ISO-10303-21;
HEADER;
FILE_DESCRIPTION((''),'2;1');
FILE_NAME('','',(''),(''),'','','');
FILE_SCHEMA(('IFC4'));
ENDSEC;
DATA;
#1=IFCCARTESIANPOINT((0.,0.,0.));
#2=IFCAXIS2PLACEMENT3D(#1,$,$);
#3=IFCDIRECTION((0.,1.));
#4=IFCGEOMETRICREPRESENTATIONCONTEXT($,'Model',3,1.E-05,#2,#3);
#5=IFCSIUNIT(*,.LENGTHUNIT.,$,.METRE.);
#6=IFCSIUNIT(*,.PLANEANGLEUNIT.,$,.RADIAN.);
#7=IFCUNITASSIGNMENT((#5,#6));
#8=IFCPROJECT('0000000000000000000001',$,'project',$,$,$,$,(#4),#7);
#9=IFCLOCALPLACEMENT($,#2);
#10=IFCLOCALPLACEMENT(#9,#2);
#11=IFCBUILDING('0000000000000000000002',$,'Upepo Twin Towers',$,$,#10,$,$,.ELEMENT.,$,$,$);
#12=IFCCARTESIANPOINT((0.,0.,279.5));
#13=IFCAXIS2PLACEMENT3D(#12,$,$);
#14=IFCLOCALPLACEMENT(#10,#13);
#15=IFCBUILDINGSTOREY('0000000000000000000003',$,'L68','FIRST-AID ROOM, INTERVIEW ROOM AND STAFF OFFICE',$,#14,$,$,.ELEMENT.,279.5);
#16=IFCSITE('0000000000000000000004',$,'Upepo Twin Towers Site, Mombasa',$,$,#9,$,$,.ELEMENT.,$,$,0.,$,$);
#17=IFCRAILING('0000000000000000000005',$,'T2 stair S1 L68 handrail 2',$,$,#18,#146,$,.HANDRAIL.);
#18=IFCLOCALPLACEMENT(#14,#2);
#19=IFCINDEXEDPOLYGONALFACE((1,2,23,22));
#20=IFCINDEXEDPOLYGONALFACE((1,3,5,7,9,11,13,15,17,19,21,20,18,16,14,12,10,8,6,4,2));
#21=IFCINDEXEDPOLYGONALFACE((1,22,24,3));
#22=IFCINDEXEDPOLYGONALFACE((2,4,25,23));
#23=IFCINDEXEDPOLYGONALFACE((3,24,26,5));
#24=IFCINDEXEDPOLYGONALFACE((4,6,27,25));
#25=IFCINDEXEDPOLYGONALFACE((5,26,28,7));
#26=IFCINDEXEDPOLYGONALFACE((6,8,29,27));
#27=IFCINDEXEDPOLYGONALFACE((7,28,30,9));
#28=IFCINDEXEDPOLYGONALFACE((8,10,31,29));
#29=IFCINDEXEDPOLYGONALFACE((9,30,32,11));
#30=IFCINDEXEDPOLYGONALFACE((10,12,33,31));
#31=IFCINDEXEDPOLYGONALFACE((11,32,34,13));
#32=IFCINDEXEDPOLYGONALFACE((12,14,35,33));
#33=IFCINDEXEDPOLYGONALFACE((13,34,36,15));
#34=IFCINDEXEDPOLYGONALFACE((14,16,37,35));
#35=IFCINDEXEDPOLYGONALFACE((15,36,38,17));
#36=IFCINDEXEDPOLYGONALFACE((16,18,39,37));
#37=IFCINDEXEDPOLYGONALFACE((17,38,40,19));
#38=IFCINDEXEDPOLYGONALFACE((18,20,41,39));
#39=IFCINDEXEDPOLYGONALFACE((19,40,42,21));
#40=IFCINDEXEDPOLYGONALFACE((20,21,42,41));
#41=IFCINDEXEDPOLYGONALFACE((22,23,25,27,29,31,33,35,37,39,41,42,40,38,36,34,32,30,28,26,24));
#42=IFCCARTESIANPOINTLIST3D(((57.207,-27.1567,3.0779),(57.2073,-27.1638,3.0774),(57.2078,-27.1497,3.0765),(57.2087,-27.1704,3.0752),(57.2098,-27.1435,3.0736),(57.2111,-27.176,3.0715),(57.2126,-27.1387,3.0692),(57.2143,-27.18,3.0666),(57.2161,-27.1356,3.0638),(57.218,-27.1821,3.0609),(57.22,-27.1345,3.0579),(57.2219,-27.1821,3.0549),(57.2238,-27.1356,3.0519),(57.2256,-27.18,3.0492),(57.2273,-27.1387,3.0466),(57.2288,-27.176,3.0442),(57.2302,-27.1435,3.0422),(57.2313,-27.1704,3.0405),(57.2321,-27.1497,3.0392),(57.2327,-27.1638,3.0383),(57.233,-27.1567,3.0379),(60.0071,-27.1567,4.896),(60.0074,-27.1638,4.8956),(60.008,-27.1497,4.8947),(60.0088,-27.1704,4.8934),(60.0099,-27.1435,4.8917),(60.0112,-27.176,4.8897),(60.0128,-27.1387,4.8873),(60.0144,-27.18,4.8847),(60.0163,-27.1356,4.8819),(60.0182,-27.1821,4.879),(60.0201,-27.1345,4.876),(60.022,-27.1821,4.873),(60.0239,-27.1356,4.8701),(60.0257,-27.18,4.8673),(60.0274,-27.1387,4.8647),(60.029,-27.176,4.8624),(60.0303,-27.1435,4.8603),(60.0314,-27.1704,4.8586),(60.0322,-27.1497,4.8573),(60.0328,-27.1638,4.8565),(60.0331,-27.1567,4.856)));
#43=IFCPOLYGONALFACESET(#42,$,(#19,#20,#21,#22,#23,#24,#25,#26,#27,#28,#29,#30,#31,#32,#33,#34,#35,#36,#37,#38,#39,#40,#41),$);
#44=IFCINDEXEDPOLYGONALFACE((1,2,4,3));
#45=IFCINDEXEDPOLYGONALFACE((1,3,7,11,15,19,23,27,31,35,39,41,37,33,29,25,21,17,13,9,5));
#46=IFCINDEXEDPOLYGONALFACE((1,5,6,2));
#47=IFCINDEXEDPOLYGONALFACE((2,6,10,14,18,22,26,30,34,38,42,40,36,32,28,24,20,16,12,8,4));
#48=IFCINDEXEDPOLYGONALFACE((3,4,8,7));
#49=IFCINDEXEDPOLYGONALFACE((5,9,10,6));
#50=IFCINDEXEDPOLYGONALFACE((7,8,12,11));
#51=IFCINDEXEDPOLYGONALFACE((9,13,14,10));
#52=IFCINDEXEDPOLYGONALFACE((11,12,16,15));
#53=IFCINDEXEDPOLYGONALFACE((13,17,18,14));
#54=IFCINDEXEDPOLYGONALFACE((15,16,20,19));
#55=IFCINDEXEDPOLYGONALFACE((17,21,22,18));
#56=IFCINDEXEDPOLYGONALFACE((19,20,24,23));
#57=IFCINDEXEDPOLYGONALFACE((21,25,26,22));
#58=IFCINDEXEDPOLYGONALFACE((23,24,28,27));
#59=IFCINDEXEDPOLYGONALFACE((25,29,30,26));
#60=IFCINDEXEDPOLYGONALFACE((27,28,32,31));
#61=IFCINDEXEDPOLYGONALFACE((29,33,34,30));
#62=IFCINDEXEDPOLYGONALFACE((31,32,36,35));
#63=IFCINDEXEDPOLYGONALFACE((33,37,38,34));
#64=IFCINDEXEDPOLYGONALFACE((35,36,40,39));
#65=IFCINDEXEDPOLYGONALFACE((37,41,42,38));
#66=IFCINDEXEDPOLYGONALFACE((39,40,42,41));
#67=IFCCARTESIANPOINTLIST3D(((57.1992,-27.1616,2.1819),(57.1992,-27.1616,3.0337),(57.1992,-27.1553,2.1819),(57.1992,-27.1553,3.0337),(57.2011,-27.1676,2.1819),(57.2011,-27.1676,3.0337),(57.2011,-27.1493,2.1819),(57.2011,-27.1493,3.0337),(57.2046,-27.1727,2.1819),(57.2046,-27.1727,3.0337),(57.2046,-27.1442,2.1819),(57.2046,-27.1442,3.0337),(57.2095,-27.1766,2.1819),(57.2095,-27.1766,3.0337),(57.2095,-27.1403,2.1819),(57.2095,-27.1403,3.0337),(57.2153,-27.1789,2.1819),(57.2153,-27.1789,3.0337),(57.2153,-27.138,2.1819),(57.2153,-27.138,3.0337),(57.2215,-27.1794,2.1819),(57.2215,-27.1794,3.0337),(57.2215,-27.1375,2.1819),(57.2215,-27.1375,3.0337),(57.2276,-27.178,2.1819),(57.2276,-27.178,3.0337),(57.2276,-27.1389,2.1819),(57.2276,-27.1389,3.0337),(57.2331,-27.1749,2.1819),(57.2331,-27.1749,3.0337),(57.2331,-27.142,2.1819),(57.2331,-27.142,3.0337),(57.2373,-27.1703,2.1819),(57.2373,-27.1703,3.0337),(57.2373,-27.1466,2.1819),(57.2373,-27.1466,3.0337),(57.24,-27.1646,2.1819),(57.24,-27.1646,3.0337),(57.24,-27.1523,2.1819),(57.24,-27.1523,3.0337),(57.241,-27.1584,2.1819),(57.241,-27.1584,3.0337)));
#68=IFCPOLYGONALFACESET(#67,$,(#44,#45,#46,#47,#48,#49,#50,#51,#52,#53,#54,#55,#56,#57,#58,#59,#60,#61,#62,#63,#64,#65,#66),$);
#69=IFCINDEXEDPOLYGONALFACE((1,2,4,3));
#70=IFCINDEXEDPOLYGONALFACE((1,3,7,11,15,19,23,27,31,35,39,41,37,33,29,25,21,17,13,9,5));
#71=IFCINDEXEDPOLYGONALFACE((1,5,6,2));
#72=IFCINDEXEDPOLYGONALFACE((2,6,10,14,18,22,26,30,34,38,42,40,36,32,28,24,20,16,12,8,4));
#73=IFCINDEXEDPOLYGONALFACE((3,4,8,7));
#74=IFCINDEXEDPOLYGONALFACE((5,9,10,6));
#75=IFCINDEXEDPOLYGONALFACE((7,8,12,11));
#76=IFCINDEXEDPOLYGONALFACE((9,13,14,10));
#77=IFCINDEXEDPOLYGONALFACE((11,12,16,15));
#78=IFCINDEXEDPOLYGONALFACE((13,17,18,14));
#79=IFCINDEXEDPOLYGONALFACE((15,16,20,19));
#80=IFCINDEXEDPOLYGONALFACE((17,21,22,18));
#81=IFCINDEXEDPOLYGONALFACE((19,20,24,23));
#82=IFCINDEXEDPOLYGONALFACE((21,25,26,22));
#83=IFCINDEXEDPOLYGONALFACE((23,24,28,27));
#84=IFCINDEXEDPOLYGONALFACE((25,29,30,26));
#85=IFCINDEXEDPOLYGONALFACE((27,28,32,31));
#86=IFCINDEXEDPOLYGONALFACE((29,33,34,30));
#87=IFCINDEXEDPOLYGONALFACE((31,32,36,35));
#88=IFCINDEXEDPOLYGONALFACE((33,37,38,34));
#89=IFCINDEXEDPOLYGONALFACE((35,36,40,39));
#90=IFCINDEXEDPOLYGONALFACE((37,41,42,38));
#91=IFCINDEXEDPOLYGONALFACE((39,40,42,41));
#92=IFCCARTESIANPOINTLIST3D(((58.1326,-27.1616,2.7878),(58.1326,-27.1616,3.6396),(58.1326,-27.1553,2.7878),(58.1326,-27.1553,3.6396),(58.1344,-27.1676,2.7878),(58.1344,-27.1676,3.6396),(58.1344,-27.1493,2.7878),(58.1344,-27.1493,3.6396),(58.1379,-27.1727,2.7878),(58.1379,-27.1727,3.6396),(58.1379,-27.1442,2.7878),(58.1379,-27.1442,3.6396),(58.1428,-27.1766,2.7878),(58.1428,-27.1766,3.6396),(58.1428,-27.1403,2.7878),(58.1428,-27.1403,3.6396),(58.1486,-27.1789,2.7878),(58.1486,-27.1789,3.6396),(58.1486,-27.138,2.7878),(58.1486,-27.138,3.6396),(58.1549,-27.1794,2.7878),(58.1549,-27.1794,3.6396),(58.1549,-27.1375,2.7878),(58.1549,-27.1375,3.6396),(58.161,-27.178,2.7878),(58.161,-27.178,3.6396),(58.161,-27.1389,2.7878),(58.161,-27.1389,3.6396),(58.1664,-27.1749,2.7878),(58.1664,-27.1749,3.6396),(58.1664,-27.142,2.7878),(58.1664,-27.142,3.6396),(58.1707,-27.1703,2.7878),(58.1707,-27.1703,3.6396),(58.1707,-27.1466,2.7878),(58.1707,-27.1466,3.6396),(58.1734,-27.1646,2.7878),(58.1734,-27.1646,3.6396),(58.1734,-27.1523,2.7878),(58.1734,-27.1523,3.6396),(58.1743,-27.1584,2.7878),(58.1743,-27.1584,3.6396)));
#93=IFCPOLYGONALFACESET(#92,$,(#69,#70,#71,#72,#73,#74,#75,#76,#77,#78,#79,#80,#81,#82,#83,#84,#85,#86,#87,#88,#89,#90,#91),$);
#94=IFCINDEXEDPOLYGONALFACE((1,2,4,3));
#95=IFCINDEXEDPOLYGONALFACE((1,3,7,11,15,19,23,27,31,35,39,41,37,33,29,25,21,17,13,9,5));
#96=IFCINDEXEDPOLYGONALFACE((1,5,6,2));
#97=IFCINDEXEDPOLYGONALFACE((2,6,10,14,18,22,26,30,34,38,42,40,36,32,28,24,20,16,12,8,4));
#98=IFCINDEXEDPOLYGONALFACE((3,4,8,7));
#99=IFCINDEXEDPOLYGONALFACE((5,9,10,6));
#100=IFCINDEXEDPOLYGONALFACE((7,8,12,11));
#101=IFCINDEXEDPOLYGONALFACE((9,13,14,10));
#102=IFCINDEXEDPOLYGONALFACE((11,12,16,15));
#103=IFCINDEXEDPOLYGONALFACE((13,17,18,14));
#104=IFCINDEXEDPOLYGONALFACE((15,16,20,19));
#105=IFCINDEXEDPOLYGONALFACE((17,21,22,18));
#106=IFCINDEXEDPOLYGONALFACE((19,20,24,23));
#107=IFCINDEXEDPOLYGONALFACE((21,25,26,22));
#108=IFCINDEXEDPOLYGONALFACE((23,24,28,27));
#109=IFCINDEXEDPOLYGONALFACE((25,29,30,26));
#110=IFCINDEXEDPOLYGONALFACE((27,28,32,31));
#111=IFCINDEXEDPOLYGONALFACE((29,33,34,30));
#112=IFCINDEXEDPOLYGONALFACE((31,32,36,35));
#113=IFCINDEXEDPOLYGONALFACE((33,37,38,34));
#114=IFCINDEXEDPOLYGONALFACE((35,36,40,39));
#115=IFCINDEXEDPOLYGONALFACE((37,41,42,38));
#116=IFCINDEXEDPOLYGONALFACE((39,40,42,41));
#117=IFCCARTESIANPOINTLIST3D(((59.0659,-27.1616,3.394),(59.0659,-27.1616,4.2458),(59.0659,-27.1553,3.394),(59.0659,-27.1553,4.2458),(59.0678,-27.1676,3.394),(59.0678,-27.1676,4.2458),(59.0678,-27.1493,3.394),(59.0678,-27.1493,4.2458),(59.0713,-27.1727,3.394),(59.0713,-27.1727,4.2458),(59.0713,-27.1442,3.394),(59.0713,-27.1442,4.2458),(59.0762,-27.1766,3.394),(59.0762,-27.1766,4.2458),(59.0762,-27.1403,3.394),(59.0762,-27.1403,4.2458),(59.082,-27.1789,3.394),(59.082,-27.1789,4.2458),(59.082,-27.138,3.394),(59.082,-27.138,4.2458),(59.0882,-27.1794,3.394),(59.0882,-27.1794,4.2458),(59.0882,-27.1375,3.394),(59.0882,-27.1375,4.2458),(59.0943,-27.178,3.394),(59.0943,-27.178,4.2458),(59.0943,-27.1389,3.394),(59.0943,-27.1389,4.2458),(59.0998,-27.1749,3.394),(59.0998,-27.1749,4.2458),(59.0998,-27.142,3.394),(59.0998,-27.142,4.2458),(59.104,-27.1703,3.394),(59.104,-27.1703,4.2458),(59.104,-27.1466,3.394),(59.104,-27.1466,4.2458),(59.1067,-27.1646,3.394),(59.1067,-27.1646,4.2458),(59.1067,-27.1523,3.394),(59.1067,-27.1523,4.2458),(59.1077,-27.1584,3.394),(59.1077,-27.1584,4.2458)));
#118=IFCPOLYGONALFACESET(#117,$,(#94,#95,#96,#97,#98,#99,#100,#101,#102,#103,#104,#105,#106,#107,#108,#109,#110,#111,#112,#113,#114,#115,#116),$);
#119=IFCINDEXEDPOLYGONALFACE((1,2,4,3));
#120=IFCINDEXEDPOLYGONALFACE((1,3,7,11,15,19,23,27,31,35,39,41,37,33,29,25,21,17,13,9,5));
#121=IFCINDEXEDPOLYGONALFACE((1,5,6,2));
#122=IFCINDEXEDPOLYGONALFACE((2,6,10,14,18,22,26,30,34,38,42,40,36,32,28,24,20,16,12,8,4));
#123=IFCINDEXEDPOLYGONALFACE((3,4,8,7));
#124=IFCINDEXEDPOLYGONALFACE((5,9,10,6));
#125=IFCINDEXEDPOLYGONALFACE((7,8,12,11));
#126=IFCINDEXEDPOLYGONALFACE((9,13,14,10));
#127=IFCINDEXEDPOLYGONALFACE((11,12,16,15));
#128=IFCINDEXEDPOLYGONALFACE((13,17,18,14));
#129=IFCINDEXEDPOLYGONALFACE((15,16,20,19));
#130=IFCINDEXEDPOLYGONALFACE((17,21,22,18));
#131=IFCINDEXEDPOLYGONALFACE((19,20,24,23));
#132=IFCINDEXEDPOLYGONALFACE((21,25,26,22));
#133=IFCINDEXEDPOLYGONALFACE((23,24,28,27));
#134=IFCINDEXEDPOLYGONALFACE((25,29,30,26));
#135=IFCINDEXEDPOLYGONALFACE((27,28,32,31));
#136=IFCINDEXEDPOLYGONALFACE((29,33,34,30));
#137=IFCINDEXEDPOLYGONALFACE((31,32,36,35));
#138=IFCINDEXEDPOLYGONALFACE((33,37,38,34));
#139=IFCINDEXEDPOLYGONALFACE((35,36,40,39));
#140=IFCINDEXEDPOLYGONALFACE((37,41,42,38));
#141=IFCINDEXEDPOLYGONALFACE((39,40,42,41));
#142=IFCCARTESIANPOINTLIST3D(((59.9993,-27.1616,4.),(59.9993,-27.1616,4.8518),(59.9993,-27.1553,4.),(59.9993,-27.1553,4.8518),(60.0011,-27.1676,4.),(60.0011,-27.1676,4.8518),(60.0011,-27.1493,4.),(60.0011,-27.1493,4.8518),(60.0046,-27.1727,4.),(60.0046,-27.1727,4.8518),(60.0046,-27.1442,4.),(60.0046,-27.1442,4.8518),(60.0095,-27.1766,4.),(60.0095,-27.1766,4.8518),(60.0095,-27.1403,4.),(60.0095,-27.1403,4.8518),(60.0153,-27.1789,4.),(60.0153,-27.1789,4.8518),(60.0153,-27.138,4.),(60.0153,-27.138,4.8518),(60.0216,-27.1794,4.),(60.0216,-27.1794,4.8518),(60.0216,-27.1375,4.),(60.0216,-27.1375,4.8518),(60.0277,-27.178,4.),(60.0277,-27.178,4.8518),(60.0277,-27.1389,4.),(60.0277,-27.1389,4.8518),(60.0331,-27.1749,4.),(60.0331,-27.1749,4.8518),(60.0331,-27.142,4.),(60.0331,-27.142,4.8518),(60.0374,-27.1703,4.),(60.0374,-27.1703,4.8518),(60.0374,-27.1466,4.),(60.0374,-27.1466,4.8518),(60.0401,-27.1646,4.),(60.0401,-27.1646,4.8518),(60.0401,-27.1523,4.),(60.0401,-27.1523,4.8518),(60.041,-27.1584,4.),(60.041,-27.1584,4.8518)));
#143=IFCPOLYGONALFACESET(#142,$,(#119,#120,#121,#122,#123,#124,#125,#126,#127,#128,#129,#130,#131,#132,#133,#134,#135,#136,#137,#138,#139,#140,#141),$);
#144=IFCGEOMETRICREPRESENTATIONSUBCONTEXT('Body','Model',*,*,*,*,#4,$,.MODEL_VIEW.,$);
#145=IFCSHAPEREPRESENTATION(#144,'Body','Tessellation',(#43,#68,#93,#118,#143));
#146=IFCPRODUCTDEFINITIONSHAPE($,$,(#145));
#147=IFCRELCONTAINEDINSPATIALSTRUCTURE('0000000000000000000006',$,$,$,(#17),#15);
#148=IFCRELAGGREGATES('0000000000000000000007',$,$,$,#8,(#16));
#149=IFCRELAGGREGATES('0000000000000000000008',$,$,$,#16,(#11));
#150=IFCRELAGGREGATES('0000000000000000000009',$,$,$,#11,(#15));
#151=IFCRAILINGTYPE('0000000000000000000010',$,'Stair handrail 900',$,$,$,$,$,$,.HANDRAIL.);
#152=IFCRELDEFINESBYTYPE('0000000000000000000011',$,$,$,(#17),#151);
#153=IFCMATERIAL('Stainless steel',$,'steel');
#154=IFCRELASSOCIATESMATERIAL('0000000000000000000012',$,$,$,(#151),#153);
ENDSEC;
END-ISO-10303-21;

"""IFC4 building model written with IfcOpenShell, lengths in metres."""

from ifc_helpers import new_model, si_unit, direction, frame, origin, origin_2d, place, context, subcontext, project, spatial, circle, extrude, material, type_object, element, save


model = new_model("IFC4")

# Units and contexts
model_context = context("Model", 3, precision=1e-05, world=origin(), true_north=direction((0.0, 1.0)))
body_context = subcontext(model_context, "Body", "Model", "MODEL_VIEW")
ifc_project = project(units=[si_unit("LENGTHUNIT", "METRE"), si_unit("PLANEANGLEUNIT", "RADIAN")], contexts=[model_context])

# Site, building, storey
site_placement = place(None, origin())
site = spatial("IfcSite", under=ifc_project, at=site_placement, Name="Upepo Twin Towers Site, Mombasa", CompositionType="ELEMENT", RefElevation=0.0)
building_placement = place(site_placement, origin())
building = spatial("IfcBuilding", under=site, at=building_placement, Name="Upepo Twin Towers", CompositionType="ELEMENT")
storey_placement = place(building_placement, frame((0.0, 0.0, 279.5)))
storey = spatial("IfcBuildingStorey", under=building, at=storey_placement, Name="L68", Description="FIRST-AID ROOM, INTERVIEW ROOM AND STAFF OFFICE", CompositionType="ELEMENT", Elevation=279.5)

# Railing
ifc_material_1 = material(Name="Stainless steel", Category="steel")
railing_type = type_object("IfcRailingType", Name="Stair handrail 900", PredefinedType="HANDRAIL", material=ifc_material_1)
railing_placement = place(storey_placement, frame((57.22, -27.1584, 2.1819)))
element("IfcRailing", 1, at=railing_placement, inside=storey, type_object=railing_type, Name="T2 stair S1 L68 handrail 2", PredefinedType="HANDRAIL", context=body_context, shape_type="SweptSolid", body=[
    extrude(circle(Radius=0.0239, at=origin_2d()), frame((0.0, 0.0, 0.876), z_axis=(0.838706, 0.0, 0.544585), x_axis=(0.0, 1.0, 0.0)), (0.0, 0.0, 1.0), 3.3386),
    extrude(circle(Radius=0.021, at=origin_2d()), origin(), (0.0, 0.0, 1.0), 0.8518),
    extrude(circle(Radius=0.021, at=origin_2d()), frame((0.9333, 0.0, 0.606)), (0.0, 0.0, 1.0), 0.8518),
    extrude(circle(Radius=0.021, at=origin_2d()), frame((1.8667, 0.0, 1.2122)), (0.0, 0.0, 1.0), 0.8518),
    extrude(circle(Radius=0.021, at=origin_2d()), frame((2.8, 0.0, 1.8181)), (0.0, 0.0, 1.0), 0.8518),
])

save(model, "model.ifc")
